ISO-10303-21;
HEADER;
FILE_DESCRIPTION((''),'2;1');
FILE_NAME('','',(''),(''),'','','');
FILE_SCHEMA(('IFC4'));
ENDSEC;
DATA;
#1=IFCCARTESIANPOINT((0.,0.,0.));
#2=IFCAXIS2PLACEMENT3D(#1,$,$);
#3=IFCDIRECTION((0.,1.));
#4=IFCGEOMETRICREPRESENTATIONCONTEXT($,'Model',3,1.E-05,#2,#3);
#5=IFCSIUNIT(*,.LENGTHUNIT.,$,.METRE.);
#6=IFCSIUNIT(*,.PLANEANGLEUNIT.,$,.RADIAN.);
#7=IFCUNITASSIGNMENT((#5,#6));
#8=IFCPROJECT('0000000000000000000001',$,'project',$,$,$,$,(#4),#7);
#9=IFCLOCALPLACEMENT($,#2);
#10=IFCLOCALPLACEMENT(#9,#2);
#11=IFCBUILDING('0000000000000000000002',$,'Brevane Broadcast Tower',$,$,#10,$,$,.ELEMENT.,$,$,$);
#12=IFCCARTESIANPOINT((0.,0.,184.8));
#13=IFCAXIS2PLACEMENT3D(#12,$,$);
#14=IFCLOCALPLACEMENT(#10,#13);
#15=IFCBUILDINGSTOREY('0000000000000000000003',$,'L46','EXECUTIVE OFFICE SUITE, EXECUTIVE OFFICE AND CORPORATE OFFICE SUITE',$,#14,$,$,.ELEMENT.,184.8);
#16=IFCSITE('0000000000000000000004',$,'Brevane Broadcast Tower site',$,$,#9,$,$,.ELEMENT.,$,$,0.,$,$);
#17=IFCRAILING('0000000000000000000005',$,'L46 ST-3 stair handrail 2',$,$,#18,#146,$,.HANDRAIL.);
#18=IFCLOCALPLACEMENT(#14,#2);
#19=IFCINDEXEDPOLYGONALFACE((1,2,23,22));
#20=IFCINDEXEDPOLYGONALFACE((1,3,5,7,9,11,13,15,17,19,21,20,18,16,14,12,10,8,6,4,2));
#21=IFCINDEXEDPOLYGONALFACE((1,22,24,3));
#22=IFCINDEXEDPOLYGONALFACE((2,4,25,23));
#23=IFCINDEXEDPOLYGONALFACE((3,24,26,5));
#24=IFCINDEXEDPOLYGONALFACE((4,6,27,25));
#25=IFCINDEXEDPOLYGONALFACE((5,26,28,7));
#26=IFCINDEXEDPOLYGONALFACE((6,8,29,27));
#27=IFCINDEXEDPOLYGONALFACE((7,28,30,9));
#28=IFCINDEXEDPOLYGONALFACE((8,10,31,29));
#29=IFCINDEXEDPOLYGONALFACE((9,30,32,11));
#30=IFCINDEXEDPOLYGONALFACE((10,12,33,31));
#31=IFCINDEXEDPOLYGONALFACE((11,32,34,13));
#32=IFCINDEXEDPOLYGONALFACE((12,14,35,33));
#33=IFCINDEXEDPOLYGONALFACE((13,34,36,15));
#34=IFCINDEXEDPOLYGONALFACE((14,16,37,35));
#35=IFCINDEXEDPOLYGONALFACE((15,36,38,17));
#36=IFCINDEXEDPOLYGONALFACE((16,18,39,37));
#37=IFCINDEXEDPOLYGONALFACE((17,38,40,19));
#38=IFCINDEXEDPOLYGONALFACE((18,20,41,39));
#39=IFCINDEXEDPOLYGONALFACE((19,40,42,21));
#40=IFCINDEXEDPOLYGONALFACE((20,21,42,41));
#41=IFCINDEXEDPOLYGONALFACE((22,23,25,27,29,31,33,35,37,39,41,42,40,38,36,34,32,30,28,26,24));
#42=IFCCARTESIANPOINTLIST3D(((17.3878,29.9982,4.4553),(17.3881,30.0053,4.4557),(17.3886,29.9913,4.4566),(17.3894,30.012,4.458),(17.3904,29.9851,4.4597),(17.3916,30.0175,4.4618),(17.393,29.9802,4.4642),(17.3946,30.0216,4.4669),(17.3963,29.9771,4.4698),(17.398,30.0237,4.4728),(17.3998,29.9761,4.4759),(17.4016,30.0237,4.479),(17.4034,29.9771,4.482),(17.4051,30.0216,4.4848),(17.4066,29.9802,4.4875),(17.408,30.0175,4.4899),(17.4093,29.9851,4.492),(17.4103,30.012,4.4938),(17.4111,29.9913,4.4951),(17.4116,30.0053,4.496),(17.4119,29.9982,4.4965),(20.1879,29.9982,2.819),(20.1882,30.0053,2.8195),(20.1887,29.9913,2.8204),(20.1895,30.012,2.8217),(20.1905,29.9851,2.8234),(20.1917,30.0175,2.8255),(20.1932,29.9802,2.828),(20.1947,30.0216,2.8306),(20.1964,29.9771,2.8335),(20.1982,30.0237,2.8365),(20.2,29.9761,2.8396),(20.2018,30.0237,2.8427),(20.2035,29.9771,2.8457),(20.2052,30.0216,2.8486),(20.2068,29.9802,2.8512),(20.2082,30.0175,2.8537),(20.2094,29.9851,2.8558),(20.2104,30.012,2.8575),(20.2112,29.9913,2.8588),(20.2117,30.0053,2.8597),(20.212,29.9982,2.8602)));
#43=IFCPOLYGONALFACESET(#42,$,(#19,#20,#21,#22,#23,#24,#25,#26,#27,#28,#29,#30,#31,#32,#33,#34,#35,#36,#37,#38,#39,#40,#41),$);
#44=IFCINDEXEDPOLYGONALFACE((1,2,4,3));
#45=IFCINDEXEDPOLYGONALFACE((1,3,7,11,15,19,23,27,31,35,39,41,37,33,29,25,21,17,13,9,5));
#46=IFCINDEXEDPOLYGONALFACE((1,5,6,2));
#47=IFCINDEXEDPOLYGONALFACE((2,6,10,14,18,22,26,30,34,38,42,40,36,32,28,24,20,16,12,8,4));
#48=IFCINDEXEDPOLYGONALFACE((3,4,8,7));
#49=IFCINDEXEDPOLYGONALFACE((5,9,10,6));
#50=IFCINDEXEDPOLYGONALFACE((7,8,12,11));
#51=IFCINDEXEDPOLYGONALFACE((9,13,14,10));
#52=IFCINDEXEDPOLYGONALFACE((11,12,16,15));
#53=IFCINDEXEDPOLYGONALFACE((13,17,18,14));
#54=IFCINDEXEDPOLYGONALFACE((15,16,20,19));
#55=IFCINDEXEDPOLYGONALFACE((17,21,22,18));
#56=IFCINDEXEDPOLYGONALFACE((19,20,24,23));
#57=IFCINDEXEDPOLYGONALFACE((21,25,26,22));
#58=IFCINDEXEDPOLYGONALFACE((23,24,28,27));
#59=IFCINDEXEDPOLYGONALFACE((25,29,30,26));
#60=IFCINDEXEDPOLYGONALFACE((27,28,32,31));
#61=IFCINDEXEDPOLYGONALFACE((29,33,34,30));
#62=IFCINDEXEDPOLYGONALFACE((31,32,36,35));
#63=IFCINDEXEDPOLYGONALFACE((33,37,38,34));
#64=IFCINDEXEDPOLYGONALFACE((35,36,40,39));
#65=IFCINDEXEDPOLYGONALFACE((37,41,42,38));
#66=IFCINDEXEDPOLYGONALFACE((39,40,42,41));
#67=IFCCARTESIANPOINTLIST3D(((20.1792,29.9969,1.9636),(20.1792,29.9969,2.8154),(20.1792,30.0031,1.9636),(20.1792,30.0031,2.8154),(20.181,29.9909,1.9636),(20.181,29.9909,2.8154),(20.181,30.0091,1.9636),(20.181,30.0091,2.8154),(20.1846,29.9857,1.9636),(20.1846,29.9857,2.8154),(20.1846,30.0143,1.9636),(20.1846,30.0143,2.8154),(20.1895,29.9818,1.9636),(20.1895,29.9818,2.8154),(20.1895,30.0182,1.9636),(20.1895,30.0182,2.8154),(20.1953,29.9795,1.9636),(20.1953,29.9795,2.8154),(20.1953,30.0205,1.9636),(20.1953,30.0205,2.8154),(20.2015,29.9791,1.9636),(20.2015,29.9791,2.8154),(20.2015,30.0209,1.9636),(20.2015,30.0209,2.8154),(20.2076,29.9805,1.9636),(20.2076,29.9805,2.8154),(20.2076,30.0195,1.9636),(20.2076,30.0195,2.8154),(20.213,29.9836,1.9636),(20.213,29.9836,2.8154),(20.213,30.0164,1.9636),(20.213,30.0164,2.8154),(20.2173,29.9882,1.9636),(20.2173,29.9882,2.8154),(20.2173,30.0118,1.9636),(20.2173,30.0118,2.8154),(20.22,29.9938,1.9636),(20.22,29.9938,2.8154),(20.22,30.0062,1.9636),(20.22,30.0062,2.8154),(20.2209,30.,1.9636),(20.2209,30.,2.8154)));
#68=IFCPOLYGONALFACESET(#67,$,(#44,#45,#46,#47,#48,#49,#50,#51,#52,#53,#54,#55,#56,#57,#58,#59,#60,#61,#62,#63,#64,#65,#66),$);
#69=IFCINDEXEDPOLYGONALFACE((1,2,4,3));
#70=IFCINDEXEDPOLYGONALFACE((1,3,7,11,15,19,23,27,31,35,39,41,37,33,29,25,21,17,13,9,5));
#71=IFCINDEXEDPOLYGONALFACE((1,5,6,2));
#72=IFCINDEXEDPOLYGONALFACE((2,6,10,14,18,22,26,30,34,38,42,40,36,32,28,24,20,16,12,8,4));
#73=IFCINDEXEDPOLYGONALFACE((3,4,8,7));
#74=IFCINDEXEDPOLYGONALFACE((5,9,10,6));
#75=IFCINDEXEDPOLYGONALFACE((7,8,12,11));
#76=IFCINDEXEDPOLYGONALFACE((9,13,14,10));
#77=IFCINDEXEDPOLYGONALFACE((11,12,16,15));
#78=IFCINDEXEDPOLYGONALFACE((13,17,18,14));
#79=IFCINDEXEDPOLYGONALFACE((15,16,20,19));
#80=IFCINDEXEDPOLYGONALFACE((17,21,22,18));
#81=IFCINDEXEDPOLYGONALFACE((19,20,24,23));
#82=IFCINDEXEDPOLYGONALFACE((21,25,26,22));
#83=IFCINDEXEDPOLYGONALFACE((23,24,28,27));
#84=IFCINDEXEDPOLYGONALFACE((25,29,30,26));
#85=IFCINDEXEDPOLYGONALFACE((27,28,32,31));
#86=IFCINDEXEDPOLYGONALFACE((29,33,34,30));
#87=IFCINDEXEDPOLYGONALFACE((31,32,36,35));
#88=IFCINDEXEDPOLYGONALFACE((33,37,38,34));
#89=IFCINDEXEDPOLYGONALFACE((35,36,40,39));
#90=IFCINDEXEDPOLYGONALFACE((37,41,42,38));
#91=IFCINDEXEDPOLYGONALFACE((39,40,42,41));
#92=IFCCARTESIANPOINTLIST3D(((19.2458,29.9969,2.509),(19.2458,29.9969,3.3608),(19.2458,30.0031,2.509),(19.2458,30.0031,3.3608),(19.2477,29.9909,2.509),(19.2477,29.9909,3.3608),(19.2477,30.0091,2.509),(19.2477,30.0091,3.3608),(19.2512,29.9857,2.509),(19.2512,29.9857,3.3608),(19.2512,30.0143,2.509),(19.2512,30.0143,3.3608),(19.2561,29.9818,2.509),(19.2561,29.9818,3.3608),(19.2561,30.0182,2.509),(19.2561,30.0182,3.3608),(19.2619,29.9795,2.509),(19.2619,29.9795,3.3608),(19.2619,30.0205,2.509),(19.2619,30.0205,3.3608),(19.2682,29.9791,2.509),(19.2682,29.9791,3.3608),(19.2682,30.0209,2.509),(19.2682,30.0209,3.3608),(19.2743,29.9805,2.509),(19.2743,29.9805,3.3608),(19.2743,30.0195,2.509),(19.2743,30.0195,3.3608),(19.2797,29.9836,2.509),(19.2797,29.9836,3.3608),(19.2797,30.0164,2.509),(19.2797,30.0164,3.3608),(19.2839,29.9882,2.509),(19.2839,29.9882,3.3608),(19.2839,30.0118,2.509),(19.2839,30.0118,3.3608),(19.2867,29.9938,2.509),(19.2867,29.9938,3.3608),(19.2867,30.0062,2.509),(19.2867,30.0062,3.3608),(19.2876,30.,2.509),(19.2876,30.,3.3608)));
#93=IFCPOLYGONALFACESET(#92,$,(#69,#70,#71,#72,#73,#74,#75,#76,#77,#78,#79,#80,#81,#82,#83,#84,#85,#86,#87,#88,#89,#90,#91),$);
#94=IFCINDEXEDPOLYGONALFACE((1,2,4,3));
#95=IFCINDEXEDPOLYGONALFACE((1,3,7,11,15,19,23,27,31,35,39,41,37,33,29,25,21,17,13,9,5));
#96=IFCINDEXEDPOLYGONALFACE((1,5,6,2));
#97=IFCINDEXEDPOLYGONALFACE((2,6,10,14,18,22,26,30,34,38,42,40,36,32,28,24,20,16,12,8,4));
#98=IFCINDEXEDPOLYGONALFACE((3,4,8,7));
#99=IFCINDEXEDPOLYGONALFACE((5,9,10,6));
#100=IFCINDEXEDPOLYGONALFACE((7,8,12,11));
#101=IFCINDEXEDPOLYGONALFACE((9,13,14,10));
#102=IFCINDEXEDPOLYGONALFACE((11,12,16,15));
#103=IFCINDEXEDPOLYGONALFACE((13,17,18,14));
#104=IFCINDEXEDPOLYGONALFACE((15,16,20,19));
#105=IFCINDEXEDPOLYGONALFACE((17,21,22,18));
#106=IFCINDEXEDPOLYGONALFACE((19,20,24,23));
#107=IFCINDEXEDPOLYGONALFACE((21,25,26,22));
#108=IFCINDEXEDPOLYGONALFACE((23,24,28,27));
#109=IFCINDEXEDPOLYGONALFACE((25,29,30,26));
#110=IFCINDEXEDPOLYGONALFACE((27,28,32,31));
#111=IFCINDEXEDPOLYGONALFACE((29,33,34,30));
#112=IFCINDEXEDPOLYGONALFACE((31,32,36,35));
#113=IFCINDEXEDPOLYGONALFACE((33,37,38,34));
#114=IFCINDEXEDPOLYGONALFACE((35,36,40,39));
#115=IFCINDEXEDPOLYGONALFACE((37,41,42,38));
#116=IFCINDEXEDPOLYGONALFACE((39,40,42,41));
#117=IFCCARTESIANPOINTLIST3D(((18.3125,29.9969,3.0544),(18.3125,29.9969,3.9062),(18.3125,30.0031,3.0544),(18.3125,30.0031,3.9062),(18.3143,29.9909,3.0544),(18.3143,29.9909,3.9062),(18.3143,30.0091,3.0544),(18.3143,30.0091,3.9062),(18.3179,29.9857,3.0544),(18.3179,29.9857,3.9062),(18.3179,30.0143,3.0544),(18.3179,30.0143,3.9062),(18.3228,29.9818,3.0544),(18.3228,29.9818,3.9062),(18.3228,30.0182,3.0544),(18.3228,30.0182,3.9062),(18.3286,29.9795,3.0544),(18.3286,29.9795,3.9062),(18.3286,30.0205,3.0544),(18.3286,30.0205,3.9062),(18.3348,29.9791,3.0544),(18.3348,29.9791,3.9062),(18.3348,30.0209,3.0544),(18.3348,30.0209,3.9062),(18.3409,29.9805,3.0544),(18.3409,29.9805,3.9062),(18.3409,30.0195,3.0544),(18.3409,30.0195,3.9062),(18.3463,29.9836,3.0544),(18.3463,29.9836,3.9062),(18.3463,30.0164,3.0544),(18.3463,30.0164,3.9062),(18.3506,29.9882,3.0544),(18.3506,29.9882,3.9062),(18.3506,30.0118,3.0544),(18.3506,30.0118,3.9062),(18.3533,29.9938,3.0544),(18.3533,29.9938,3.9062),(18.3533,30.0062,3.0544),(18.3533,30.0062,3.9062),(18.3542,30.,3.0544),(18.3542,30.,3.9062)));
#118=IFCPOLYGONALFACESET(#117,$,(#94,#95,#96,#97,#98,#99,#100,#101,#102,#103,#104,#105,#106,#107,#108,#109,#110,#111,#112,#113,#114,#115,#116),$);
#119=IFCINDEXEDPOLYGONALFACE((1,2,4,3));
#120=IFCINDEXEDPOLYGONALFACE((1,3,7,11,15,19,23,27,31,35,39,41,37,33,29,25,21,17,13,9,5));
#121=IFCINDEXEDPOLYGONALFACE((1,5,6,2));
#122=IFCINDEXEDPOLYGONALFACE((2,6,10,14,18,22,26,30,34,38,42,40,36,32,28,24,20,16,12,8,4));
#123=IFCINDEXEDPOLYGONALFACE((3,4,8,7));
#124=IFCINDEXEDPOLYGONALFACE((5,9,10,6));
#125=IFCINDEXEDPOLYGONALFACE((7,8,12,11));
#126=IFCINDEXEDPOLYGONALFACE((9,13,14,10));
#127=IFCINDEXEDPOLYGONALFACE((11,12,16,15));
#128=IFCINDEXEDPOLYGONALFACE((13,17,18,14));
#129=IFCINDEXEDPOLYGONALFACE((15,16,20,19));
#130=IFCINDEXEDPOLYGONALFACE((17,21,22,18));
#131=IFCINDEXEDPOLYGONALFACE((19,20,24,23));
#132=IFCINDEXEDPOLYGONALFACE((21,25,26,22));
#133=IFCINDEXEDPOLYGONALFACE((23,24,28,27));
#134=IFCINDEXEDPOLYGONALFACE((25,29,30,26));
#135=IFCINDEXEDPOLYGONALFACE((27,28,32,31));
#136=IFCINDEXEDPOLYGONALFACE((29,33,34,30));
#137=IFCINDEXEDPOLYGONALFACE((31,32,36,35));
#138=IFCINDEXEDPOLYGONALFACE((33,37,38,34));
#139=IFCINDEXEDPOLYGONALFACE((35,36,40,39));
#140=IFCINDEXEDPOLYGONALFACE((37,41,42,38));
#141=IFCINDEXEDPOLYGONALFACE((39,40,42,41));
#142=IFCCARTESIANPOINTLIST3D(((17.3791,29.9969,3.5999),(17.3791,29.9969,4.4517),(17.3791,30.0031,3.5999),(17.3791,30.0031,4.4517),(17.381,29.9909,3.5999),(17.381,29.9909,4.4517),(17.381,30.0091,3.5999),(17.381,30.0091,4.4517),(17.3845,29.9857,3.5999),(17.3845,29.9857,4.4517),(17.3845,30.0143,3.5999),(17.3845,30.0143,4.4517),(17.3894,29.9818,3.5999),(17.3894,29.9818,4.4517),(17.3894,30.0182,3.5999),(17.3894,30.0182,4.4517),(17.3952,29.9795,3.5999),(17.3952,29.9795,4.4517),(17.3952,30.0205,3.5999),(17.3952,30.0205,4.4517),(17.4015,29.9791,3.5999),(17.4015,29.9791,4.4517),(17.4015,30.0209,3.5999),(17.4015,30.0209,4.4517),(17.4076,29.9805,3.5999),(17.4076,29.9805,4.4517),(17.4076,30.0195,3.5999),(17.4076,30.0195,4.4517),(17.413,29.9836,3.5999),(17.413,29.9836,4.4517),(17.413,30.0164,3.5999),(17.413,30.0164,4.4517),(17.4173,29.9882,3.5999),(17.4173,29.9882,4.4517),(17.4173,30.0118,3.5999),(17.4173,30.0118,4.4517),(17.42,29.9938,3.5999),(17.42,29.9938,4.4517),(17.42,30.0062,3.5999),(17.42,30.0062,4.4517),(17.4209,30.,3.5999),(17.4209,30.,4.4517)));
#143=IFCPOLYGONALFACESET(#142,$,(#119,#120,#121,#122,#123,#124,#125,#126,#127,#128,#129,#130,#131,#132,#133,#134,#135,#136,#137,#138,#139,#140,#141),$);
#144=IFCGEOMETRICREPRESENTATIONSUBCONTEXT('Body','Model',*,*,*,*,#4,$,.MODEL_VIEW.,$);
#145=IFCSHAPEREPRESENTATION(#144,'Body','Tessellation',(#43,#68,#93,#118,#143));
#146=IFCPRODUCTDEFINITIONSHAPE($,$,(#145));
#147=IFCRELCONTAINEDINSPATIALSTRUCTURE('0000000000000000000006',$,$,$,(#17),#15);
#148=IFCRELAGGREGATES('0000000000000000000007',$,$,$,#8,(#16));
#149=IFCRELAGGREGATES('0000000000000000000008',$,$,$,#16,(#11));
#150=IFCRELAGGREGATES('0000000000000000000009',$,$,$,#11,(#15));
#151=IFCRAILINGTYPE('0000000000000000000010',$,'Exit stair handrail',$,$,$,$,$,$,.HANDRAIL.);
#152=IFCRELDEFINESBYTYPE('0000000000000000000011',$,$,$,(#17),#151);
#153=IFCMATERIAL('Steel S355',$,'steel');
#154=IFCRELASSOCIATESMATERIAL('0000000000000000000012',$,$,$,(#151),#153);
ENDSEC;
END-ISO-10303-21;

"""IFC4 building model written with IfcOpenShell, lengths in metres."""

from ifc_helpers import new_model, si_unit, direction, frame, origin, origin_2d, place, context, subcontext, project, spatial, circle, extrude, material, type_object, element, save


model = new_model("IFC4")

# Units and contexts
model_context = context("Model", 3, precision=1e-05, world=origin(), true_north=direction((0.0, 1.0)))
body_context = subcontext(model_context, "Body", "Model", "MODEL_VIEW")
ifc_project = project(units=[si_unit("LENGTHUNIT", "METRE"), si_unit("PLANEANGLEUNIT", "RADIAN")], contexts=[model_context])

# Site, building, storey
site_placement = place(None, origin())
site = spatial("IfcSite", under=ifc_project, at=site_placement, Name="Brevane Broadcast Tower site", CompositionType="ELEMENT", RefElevation=0.0)
building_placement = place(site_placement, origin())
building = spatial("IfcBuilding", under=site, at=building_placement, Name="Brevane Broadcast Tower", CompositionType="ELEMENT")
storey_placement = place(building_placement, frame((0.0, 0.0, 184.8)))
storey = spatial("IfcBuildingStorey", under=building, at=storey_placement, Name="L46", Description="EXECUTIVE OFFICE SUITE, EXECUTIVE OFFICE AND CORPORATE OFFICE SUITE", CompositionType="ELEMENT", Elevation=184.8)

# Railing
ifc_material_1 = material(Name="Steel S355", Category="steel")
railing_type_1 = type_object("IfcRailingType", Name="Exit stair handrail", PredefinedType="HANDRAIL", material=ifc_material_1)
railing_1_placement = place(storey_placement, frame((20.2, 30.0, 1.9636)))
element("IfcRailing", 1, at=railing_1_placement, inside=storey, type_object=railing_type_1, Name="L46 ST-3 stair handrail 2", PredefinedType="HANDRAIL", context=body_context, shape_type="SweptSolid", body=[
    extrude(circle(Radius=0.0239, at=origin_2d()), frame((0.0, 0.0, 0.876), z_axis=(-0.863394, 0.0, 0.504531), x_axis=(0.0, -1.0, 0.0)), (0.0, 0.0, 1.0), 3.2432),
    extrude(circle(Radius=0.021, at=origin_2d()), origin(), (0.0, 0.0, 1.0), 0.8518),
    extrude(circle(Radius=0.021, at=origin_2d()), frame((-0.9333, 0.0, 0.5454)), (0.0, 0.0, 1.0), 0.8518),
    extrude(circle(Radius=0.021, at=origin_2d()), frame((-1.8667, 0.0, 1.0908)), (0.0, 0.0, 1.0), 0.8518),
    extrude(circle(Radius=0.021, at=origin_2d()), frame((-2.8, 0.0, 1.6362)), (0.0, 0.0, 1.0), 0.8518),
])

save(model, "model.ifc")
